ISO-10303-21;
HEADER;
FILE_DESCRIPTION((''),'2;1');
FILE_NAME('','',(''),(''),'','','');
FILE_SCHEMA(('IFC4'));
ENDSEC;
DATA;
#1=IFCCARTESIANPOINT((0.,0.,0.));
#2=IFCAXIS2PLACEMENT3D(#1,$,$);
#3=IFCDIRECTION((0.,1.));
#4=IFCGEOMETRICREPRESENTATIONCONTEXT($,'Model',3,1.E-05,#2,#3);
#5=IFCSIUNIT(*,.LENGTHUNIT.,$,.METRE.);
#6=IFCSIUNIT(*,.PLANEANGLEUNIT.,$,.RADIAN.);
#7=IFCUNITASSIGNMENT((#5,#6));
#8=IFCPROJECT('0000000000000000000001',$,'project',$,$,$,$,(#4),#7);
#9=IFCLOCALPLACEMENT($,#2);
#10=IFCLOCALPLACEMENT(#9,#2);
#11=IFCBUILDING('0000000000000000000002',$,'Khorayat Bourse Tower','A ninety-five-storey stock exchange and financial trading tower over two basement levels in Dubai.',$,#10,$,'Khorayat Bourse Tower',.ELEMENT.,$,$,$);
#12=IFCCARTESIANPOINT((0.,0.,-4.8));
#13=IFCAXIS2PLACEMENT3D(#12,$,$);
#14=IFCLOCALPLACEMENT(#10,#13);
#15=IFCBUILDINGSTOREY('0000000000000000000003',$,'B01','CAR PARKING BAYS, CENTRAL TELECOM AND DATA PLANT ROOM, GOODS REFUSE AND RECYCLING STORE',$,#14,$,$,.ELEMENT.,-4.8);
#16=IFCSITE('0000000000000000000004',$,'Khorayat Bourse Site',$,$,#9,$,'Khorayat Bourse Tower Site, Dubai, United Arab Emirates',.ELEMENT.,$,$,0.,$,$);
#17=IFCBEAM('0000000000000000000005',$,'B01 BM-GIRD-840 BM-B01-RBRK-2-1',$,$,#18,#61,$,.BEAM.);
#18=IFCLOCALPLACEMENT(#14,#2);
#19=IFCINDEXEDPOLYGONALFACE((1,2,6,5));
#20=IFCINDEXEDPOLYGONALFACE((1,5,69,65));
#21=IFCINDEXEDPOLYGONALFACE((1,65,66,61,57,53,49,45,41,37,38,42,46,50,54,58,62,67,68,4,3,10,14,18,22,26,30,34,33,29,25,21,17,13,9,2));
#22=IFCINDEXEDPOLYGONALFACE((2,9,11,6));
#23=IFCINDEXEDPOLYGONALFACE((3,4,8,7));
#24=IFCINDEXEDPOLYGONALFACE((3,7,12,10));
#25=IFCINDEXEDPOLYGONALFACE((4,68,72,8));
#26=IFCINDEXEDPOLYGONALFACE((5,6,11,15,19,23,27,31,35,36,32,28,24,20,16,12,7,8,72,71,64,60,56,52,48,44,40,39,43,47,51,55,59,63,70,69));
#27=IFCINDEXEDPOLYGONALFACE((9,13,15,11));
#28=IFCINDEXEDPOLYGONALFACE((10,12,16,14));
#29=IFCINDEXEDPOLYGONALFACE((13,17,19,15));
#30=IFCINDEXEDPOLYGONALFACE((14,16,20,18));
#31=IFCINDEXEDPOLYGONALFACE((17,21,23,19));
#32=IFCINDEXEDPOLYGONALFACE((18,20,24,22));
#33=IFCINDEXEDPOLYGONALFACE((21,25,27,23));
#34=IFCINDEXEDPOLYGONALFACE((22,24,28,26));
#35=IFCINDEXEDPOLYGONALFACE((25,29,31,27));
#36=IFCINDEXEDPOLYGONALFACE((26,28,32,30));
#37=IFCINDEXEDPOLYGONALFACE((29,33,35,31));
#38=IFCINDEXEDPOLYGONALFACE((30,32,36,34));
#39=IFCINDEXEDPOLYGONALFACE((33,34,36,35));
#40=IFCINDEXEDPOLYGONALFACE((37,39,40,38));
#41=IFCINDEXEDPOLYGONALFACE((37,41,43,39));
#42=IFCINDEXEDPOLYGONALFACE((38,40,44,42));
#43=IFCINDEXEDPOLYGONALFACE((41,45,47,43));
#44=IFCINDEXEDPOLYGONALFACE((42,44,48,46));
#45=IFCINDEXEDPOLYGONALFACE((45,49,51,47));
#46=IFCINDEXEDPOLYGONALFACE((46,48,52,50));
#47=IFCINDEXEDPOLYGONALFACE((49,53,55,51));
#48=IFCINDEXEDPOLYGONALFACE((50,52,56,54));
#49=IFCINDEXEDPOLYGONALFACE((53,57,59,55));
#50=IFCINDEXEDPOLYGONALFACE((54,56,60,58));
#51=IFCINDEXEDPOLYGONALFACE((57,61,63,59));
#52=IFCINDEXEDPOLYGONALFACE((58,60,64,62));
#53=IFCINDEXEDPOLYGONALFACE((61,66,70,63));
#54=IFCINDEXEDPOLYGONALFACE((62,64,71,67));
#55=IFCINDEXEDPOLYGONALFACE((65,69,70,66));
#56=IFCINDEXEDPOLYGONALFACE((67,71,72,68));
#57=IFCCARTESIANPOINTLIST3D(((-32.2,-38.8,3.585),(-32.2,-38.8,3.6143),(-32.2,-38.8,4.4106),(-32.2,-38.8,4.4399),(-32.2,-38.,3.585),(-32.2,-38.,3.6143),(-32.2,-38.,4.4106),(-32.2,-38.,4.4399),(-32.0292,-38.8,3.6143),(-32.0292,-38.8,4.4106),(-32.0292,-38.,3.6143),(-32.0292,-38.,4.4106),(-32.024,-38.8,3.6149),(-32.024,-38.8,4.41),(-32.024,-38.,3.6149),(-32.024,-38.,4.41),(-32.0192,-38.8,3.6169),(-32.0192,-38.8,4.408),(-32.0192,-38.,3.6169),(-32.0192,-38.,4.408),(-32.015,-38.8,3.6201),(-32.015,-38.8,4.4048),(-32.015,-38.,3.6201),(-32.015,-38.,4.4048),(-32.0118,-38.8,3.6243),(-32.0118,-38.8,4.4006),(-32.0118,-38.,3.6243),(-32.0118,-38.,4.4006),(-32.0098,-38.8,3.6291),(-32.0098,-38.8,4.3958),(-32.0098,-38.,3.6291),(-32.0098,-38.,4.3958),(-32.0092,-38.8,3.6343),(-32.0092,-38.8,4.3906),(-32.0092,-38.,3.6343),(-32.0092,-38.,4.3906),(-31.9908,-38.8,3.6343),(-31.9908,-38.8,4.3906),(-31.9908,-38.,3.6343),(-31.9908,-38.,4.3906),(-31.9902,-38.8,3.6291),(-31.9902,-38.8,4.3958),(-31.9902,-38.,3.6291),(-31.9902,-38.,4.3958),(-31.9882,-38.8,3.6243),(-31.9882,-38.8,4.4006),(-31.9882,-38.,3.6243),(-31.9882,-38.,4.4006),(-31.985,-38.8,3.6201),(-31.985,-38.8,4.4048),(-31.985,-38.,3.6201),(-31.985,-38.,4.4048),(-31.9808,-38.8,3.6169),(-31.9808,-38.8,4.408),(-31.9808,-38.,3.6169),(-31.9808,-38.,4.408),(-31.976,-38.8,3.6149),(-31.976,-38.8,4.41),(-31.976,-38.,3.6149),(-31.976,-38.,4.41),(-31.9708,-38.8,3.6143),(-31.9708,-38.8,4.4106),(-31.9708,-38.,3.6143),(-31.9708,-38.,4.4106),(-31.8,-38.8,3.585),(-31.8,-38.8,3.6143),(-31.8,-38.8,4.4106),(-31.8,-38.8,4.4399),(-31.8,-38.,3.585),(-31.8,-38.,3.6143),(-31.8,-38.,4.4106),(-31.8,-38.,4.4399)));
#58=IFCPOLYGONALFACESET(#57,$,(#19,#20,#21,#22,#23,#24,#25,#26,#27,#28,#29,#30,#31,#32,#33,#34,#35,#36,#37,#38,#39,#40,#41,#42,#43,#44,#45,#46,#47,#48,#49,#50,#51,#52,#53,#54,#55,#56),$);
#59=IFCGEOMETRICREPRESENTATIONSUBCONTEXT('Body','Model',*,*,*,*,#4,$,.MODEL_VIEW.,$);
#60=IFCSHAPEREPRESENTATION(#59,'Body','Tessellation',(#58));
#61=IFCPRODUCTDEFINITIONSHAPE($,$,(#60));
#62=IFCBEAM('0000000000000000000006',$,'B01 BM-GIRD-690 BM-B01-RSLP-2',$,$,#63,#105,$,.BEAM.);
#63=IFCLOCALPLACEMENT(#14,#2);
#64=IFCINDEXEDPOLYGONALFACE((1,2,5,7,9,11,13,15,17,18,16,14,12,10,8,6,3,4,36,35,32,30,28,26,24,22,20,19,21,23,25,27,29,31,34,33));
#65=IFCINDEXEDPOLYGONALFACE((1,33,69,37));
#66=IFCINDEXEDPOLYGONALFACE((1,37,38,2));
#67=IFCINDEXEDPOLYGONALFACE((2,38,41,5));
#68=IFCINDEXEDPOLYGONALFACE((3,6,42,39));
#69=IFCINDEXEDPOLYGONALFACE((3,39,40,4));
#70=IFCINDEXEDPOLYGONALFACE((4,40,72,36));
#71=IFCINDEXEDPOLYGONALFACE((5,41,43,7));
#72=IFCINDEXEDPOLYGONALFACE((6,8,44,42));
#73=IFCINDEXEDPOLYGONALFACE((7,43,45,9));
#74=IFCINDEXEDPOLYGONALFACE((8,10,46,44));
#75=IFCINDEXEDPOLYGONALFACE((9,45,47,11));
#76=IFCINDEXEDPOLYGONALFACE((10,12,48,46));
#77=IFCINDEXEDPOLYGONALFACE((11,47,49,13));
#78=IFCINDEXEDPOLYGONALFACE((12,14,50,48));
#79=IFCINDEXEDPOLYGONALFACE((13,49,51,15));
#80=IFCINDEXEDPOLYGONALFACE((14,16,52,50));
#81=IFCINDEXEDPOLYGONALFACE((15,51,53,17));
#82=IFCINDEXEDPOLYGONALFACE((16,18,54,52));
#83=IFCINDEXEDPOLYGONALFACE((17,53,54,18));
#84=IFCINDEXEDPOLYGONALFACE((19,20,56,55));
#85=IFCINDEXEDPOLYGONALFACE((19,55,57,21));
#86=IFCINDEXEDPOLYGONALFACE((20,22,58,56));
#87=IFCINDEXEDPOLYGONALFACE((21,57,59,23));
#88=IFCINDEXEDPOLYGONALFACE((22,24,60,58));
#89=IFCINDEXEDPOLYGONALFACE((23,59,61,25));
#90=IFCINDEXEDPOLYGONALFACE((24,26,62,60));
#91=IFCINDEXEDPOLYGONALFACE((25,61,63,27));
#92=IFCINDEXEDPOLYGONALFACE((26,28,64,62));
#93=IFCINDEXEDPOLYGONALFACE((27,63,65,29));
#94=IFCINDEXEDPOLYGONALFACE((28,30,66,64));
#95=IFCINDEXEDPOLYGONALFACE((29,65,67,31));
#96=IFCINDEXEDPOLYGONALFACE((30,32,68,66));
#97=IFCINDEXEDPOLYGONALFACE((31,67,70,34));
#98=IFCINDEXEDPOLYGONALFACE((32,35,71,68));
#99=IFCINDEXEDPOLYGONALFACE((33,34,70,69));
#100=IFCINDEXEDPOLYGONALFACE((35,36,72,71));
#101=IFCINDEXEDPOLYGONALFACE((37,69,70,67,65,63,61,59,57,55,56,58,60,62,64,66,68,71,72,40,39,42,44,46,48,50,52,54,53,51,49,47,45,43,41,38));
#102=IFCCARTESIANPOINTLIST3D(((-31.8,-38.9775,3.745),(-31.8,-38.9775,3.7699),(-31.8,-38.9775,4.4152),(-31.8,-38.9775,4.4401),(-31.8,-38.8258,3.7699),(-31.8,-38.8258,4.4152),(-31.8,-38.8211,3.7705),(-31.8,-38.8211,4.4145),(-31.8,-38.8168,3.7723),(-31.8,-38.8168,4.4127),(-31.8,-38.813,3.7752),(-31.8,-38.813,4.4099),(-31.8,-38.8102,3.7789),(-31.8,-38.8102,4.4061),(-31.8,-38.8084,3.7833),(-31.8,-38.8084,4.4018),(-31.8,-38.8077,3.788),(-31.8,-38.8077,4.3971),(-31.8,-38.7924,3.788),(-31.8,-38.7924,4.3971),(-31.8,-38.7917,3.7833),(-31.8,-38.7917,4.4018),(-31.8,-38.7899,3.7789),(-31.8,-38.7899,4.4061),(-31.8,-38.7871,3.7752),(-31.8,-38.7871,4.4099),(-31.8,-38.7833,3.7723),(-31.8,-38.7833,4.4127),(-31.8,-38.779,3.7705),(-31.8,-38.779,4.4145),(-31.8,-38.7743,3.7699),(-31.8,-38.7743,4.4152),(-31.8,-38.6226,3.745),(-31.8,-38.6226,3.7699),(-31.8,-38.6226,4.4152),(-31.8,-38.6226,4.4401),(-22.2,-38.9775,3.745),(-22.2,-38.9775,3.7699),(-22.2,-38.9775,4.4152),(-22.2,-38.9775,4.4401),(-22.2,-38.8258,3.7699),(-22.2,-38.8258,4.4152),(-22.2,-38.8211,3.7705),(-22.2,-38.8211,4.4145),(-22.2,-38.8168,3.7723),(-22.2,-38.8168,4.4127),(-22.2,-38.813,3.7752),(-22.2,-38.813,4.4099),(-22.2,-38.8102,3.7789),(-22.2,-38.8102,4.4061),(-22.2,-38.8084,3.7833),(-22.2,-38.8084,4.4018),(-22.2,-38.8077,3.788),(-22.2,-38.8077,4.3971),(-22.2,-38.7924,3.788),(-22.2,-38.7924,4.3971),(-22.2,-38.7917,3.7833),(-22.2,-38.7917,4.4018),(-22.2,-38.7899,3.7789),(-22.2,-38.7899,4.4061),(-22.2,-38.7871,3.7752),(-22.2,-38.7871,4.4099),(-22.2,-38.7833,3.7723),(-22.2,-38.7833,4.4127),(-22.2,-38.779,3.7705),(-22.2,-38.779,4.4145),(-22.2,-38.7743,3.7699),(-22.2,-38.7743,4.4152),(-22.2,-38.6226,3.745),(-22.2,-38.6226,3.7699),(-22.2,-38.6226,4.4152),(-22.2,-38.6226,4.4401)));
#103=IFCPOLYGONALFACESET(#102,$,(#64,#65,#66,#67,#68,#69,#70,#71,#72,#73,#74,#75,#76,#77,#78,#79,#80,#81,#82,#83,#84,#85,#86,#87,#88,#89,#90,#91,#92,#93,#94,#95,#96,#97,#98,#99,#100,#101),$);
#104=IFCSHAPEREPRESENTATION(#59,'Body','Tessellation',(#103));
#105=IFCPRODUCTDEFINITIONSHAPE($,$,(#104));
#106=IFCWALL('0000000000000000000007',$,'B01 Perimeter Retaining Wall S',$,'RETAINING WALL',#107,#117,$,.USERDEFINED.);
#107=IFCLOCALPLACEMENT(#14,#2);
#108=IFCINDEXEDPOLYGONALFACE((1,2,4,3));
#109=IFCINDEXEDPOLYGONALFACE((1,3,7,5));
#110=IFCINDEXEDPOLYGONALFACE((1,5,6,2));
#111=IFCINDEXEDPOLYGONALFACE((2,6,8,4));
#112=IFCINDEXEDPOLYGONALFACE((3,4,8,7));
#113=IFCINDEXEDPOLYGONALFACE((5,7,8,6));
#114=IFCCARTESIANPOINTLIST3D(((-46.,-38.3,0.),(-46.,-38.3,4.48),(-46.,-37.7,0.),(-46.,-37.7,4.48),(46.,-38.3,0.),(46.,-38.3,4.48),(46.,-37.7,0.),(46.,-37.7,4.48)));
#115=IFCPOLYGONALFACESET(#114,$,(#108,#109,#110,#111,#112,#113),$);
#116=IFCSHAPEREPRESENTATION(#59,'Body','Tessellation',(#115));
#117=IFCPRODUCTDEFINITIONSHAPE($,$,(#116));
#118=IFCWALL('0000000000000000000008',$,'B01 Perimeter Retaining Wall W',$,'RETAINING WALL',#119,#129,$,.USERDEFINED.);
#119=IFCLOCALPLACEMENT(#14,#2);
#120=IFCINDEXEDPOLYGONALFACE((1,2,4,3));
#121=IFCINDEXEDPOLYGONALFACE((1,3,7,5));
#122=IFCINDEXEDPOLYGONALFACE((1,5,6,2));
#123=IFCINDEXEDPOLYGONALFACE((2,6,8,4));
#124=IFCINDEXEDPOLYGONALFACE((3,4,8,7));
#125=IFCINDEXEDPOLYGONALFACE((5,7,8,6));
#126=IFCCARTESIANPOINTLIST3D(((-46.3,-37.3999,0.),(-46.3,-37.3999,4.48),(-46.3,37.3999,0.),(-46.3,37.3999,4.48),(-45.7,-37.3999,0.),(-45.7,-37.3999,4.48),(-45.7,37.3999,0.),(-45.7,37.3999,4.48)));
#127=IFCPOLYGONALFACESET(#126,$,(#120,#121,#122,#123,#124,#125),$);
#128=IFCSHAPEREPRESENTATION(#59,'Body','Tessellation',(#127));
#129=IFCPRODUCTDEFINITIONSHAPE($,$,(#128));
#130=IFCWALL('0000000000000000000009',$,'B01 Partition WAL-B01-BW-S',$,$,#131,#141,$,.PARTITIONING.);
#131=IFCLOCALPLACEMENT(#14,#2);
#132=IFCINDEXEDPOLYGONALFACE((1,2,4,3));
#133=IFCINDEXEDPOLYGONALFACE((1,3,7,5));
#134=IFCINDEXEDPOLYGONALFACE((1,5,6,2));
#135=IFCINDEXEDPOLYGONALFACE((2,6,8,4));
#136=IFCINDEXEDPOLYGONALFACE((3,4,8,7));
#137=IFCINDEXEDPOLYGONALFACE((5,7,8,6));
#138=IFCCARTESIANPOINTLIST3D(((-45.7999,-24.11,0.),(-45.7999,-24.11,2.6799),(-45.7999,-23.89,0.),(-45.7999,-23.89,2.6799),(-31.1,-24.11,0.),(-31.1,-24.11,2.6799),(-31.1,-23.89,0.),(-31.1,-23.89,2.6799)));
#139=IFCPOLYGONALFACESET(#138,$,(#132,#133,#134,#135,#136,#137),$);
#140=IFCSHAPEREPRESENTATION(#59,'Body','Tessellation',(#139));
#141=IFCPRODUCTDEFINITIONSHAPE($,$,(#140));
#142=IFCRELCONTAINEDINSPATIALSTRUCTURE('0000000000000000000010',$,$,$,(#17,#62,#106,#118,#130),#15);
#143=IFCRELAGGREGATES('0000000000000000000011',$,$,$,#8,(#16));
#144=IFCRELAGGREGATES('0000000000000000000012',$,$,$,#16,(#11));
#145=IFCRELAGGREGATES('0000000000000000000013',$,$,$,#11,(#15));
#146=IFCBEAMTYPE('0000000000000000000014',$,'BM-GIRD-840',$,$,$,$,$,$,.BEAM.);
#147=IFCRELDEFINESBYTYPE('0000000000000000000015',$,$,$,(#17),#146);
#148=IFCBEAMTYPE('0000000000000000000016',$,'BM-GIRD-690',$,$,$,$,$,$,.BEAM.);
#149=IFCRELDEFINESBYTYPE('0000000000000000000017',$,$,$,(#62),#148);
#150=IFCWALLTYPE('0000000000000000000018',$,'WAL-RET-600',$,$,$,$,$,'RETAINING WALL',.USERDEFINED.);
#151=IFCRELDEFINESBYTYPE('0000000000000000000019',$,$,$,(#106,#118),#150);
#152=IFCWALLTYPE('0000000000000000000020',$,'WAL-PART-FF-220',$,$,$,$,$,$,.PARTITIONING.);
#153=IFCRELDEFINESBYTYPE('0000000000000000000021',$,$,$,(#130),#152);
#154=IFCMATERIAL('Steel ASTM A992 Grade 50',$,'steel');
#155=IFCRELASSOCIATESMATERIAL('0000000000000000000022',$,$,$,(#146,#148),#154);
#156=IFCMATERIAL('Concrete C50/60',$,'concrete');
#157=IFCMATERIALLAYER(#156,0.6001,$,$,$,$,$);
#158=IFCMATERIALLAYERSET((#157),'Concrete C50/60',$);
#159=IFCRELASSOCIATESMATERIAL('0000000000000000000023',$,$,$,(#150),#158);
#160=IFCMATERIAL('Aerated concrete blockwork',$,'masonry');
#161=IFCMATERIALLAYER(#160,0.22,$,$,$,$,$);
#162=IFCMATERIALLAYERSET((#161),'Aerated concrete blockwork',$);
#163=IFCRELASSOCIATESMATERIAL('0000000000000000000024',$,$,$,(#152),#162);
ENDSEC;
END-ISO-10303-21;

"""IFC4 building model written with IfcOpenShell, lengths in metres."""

from ifc_helpers import new_model, si_unit, direction, frame, frame_2d, origin, origin_2d, place, context, subcontext, project, spatial, rectangle, i_section, extrude, source, transform, mapped, material, layer, layer_set, material_profile, profile_set, type_object, element, save


model = new_model("IFC4")

# Units and contexts
model_context = context("Model", 3, precision=1e-05, world=origin(), true_north=direction((0.0, 1.0)))
body_context = subcontext(model_context, "Body", "Model", "MODEL_VIEW")
ifc_project = project(units=[si_unit("LENGTHUNIT", "METRE"), si_unit("PLANEANGLEUNIT", "RADIAN")], contexts=[model_context])

# Site, building, storey
site_placement = place(None, origin())
site = spatial("IfcSite", under=ifc_project, at=site_placement, Name="Khorayat Bourse Site", LongName="Khorayat Bourse Tower Site, Dubai, United Arab Emirates", CompositionType="ELEMENT", RefElevation=0.0)
building_placement = place(site_placement, origin())
building = spatial("IfcBuilding", under=site, at=building_placement, Name="Khorayat Bourse Tower", Description="A ninety-five-storey stock exchange and financial trading tower over two basement levels in Dubai.", LongName="Khorayat Bourse Tower", CompositionType="ELEMENT")
storey_placement = place(building_placement, frame((0.0, 0.0, -4.8)))
storey = spatial("IfcBuildingStorey", under=building, at=storey_placement, Name="B01", Description="CAR PARKING BAYS, CENTRAL TELECOM AND DATA PLANT ROOM, GOODS REFUSE AND RECYCLING STORE", CompositionType="ELEMENT", Elevation=-4.8)

# Beams
ifc_material_1 = material(Name="Steel ASTM A992 Grade 50", Category="steel")
ifc_material_profile_1 = material_profile(ifc_material_1, i_section(OverallWidth=0.3999, OverallDepth=0.855, WebThickness=0.0183, FlangeThickness=0.0293, FilletRadius=0.02, at=origin_2d()), Name="W840X299")
ifc_profile_set_1 = profile_set([ifc_material_profile_1], Name="Steel ASTM A992 Grade 50")
beam_type_1 = type_object("IfcBeamType", Name="BM-GIRD-840", PredefinedType="BEAM", material=ifc_profile_set_1)
shared_shape_1 = source(origin(), body_context, "Body", "SweptSolid", [
    extrude(i_section(OverallWidth=0.3999, OverallDepth=0.855, WebThickness=0.0183, FlangeThickness=0.0293, FilletRadius=0.02, at=origin_2d()), origin(), (0.0, 0.0, 1.0), 0.8),
])
for number, where, z_axis, x_axis, name in (
    (1, (-32.0, -38.8, 4.0125), (0.0, 1.0, 0.0), (-1.0, 0.0, 0.0), "B01 BM-GIRD-840 BM-B01-RBRK-2-1"),
):
    element("IfcBeam", number, at=place(storey_placement, frame(where, z_axis=z_axis, x_axis=x_axis)), inside=storey, type_object=beam_type_1, Name=name, PredefinedType="BEAM", context=body_context, shape_type="MappedRepresentation", body=[
        mapped(shared_shape_1, transform((0.0, 0.0, 0.0), scale=1.0)),
    ])
ifc_material_profile_2 = material_profile(ifc_material_1, i_section(OverallWidth=0.355, OverallDepth=0.6951, WebThickness=0.0154, FlangeThickness=0.0249, FilletRadius=0.0181, at=origin_2d()), Name="W690X217")
ifc_profile_set_2 = profile_set([ifc_material_profile_2], Name="Steel ASTM A992 Grade 50")
beam_type_2 = type_object("IfcBeamType", Name="BM-GIRD-690", PredefinedType="BEAM", material=ifc_profile_set_2)
shared_shape_2 = source(origin(), body_context, "Body", "SweptSolid", [
    extrude(i_section(OverallWidth=0.355, OverallDepth=0.6951, WebThickness=0.0154, FlangeThickness=0.0249, FilletRadius=0.0181, at=origin_2d()), origin(), (0.0, 0.0, 1.0), 9.6001),
])
beam_1_placement = place(storey_placement, frame((-31.8, -38.8, 4.0925), z_axis=(1.0, 0.0, 0.0), x_axis=(0.0, 1.0, 0.0)))
element("IfcBeam", 2, at=beam_1_placement, inside=storey, type_object=beam_type_2, Name="B01 BM-GIRD-690 BM-B01-RSLP-2", PredefinedType="BEAM", context=body_context, shape_type="MappedRepresentation", body=[
    mapped(shared_shape_2, transform((0.0, 0.0, 0.0), scale=1.0)),
])

# Walls
ifc_material_2 = material(Name="Concrete C50/60", Category="concrete")
ifc_layer_1 = layer(ifc_material_2, 0.6001)
ifc_layer_set_1 = layer_set([ifc_layer_1], Name="Concrete C50/60")
wall_type_1 = type_object("IfcWallType", Name="WAL-RET-600", ElementType="RETAINING WALL", PredefinedType="USERDEFINED", material=ifc_layer_set_1)
shared_shape_3 = source(origin(), body_context, "Body", "SweptSolid", [
    extrude(rectangle(XDim=92.0, YDim=0.6001, at=frame_2d((46.0, 0.0))), origin(), (0.0, 0.0, 1.0), 4.48),
])
wall_1_placement = place(storey_placement, frame((-46.0, -38.0, 0.0), z_axis=(0.0, 0.0, 1.0), x_axis=(1.0, 0.0, 0.0)))
element("IfcWall", 3, at=wall_1_placement, inside=storey, type_object=wall_type_1, Name="B01 Perimeter Retaining Wall S", ObjectType="RETAINING WALL", PredefinedType="USERDEFINED", context=body_context, shape_type="MappedRepresentation", body=[
    mapped(shared_shape_3, transform((0.0, 0.0, 0.0), scale=1.0)),
])
shared_shape_4 = source(origin(), body_context, "Body", "SweptSolid", [
    extrude(rectangle(XDim=74.7998, YDim=0.6001, at=frame_2d((37.3999, 0.0))), origin(), (0.0, 0.0, 1.0), 4.48),
])
wall_2_placement = place(storey_placement, frame((-46.0, -37.3999, 0.0), z_axis=(0.0, 0.0, 1.0), x_axis=(0.0, 1.0, 0.0)))
element("IfcWall", 4, at=wall_2_placement, inside=storey, type_object=wall_type_1, Name="B01 Perimeter Retaining Wall W", ObjectType="RETAINING WALL", PredefinedType="USERDEFINED", context=body_context, shape_type="MappedRepresentation", body=[
    mapped(shared_shape_4, transform((0.0, 0.0, 0.0), scale=1.0)),
])
ifc_material_3 = material(Name="Aerated concrete blockwork", Category="masonry")
ifc_layer_2 = layer(ifc_material_3, 0.22)
ifc_layer_set_2 = layer_set([ifc_layer_2], Name="Aerated concrete blockwork")
wall_type_2 = type_object("IfcWallType", Name="WAL-PART-FF-220", PredefinedType="PARTITIONING", material=ifc_layer_set_2)
shared_shape_5 = source(origin(), body_context, "Body", "SweptSolid", [
    extrude(rectangle(XDim=14.7, YDim=0.22, at=frame_2d((7.3501, 0.0))), origin(), (0.0, 0.0, 1.0), 2.6799),
])
wall_3_placement = place(storey_placement, frame((-45.8, -24.0, 0.0), z_axis=(0.0, 0.0, 1.0), x_axis=(1.0, 0.0, 0.0)))
element("IfcWall", 5, at=wall_3_placement, inside=storey, type_object=wall_type_2, Name="B01 Partition WAL-B01-BW-S", PredefinedType="PARTITIONING", context=body_context, shape_type="MappedRepresentation", body=[
    mapped(shared_shape_5, transform((0.0, 0.0, 0.0), scale=1.0)),
])

save(model, "model.ifc")
